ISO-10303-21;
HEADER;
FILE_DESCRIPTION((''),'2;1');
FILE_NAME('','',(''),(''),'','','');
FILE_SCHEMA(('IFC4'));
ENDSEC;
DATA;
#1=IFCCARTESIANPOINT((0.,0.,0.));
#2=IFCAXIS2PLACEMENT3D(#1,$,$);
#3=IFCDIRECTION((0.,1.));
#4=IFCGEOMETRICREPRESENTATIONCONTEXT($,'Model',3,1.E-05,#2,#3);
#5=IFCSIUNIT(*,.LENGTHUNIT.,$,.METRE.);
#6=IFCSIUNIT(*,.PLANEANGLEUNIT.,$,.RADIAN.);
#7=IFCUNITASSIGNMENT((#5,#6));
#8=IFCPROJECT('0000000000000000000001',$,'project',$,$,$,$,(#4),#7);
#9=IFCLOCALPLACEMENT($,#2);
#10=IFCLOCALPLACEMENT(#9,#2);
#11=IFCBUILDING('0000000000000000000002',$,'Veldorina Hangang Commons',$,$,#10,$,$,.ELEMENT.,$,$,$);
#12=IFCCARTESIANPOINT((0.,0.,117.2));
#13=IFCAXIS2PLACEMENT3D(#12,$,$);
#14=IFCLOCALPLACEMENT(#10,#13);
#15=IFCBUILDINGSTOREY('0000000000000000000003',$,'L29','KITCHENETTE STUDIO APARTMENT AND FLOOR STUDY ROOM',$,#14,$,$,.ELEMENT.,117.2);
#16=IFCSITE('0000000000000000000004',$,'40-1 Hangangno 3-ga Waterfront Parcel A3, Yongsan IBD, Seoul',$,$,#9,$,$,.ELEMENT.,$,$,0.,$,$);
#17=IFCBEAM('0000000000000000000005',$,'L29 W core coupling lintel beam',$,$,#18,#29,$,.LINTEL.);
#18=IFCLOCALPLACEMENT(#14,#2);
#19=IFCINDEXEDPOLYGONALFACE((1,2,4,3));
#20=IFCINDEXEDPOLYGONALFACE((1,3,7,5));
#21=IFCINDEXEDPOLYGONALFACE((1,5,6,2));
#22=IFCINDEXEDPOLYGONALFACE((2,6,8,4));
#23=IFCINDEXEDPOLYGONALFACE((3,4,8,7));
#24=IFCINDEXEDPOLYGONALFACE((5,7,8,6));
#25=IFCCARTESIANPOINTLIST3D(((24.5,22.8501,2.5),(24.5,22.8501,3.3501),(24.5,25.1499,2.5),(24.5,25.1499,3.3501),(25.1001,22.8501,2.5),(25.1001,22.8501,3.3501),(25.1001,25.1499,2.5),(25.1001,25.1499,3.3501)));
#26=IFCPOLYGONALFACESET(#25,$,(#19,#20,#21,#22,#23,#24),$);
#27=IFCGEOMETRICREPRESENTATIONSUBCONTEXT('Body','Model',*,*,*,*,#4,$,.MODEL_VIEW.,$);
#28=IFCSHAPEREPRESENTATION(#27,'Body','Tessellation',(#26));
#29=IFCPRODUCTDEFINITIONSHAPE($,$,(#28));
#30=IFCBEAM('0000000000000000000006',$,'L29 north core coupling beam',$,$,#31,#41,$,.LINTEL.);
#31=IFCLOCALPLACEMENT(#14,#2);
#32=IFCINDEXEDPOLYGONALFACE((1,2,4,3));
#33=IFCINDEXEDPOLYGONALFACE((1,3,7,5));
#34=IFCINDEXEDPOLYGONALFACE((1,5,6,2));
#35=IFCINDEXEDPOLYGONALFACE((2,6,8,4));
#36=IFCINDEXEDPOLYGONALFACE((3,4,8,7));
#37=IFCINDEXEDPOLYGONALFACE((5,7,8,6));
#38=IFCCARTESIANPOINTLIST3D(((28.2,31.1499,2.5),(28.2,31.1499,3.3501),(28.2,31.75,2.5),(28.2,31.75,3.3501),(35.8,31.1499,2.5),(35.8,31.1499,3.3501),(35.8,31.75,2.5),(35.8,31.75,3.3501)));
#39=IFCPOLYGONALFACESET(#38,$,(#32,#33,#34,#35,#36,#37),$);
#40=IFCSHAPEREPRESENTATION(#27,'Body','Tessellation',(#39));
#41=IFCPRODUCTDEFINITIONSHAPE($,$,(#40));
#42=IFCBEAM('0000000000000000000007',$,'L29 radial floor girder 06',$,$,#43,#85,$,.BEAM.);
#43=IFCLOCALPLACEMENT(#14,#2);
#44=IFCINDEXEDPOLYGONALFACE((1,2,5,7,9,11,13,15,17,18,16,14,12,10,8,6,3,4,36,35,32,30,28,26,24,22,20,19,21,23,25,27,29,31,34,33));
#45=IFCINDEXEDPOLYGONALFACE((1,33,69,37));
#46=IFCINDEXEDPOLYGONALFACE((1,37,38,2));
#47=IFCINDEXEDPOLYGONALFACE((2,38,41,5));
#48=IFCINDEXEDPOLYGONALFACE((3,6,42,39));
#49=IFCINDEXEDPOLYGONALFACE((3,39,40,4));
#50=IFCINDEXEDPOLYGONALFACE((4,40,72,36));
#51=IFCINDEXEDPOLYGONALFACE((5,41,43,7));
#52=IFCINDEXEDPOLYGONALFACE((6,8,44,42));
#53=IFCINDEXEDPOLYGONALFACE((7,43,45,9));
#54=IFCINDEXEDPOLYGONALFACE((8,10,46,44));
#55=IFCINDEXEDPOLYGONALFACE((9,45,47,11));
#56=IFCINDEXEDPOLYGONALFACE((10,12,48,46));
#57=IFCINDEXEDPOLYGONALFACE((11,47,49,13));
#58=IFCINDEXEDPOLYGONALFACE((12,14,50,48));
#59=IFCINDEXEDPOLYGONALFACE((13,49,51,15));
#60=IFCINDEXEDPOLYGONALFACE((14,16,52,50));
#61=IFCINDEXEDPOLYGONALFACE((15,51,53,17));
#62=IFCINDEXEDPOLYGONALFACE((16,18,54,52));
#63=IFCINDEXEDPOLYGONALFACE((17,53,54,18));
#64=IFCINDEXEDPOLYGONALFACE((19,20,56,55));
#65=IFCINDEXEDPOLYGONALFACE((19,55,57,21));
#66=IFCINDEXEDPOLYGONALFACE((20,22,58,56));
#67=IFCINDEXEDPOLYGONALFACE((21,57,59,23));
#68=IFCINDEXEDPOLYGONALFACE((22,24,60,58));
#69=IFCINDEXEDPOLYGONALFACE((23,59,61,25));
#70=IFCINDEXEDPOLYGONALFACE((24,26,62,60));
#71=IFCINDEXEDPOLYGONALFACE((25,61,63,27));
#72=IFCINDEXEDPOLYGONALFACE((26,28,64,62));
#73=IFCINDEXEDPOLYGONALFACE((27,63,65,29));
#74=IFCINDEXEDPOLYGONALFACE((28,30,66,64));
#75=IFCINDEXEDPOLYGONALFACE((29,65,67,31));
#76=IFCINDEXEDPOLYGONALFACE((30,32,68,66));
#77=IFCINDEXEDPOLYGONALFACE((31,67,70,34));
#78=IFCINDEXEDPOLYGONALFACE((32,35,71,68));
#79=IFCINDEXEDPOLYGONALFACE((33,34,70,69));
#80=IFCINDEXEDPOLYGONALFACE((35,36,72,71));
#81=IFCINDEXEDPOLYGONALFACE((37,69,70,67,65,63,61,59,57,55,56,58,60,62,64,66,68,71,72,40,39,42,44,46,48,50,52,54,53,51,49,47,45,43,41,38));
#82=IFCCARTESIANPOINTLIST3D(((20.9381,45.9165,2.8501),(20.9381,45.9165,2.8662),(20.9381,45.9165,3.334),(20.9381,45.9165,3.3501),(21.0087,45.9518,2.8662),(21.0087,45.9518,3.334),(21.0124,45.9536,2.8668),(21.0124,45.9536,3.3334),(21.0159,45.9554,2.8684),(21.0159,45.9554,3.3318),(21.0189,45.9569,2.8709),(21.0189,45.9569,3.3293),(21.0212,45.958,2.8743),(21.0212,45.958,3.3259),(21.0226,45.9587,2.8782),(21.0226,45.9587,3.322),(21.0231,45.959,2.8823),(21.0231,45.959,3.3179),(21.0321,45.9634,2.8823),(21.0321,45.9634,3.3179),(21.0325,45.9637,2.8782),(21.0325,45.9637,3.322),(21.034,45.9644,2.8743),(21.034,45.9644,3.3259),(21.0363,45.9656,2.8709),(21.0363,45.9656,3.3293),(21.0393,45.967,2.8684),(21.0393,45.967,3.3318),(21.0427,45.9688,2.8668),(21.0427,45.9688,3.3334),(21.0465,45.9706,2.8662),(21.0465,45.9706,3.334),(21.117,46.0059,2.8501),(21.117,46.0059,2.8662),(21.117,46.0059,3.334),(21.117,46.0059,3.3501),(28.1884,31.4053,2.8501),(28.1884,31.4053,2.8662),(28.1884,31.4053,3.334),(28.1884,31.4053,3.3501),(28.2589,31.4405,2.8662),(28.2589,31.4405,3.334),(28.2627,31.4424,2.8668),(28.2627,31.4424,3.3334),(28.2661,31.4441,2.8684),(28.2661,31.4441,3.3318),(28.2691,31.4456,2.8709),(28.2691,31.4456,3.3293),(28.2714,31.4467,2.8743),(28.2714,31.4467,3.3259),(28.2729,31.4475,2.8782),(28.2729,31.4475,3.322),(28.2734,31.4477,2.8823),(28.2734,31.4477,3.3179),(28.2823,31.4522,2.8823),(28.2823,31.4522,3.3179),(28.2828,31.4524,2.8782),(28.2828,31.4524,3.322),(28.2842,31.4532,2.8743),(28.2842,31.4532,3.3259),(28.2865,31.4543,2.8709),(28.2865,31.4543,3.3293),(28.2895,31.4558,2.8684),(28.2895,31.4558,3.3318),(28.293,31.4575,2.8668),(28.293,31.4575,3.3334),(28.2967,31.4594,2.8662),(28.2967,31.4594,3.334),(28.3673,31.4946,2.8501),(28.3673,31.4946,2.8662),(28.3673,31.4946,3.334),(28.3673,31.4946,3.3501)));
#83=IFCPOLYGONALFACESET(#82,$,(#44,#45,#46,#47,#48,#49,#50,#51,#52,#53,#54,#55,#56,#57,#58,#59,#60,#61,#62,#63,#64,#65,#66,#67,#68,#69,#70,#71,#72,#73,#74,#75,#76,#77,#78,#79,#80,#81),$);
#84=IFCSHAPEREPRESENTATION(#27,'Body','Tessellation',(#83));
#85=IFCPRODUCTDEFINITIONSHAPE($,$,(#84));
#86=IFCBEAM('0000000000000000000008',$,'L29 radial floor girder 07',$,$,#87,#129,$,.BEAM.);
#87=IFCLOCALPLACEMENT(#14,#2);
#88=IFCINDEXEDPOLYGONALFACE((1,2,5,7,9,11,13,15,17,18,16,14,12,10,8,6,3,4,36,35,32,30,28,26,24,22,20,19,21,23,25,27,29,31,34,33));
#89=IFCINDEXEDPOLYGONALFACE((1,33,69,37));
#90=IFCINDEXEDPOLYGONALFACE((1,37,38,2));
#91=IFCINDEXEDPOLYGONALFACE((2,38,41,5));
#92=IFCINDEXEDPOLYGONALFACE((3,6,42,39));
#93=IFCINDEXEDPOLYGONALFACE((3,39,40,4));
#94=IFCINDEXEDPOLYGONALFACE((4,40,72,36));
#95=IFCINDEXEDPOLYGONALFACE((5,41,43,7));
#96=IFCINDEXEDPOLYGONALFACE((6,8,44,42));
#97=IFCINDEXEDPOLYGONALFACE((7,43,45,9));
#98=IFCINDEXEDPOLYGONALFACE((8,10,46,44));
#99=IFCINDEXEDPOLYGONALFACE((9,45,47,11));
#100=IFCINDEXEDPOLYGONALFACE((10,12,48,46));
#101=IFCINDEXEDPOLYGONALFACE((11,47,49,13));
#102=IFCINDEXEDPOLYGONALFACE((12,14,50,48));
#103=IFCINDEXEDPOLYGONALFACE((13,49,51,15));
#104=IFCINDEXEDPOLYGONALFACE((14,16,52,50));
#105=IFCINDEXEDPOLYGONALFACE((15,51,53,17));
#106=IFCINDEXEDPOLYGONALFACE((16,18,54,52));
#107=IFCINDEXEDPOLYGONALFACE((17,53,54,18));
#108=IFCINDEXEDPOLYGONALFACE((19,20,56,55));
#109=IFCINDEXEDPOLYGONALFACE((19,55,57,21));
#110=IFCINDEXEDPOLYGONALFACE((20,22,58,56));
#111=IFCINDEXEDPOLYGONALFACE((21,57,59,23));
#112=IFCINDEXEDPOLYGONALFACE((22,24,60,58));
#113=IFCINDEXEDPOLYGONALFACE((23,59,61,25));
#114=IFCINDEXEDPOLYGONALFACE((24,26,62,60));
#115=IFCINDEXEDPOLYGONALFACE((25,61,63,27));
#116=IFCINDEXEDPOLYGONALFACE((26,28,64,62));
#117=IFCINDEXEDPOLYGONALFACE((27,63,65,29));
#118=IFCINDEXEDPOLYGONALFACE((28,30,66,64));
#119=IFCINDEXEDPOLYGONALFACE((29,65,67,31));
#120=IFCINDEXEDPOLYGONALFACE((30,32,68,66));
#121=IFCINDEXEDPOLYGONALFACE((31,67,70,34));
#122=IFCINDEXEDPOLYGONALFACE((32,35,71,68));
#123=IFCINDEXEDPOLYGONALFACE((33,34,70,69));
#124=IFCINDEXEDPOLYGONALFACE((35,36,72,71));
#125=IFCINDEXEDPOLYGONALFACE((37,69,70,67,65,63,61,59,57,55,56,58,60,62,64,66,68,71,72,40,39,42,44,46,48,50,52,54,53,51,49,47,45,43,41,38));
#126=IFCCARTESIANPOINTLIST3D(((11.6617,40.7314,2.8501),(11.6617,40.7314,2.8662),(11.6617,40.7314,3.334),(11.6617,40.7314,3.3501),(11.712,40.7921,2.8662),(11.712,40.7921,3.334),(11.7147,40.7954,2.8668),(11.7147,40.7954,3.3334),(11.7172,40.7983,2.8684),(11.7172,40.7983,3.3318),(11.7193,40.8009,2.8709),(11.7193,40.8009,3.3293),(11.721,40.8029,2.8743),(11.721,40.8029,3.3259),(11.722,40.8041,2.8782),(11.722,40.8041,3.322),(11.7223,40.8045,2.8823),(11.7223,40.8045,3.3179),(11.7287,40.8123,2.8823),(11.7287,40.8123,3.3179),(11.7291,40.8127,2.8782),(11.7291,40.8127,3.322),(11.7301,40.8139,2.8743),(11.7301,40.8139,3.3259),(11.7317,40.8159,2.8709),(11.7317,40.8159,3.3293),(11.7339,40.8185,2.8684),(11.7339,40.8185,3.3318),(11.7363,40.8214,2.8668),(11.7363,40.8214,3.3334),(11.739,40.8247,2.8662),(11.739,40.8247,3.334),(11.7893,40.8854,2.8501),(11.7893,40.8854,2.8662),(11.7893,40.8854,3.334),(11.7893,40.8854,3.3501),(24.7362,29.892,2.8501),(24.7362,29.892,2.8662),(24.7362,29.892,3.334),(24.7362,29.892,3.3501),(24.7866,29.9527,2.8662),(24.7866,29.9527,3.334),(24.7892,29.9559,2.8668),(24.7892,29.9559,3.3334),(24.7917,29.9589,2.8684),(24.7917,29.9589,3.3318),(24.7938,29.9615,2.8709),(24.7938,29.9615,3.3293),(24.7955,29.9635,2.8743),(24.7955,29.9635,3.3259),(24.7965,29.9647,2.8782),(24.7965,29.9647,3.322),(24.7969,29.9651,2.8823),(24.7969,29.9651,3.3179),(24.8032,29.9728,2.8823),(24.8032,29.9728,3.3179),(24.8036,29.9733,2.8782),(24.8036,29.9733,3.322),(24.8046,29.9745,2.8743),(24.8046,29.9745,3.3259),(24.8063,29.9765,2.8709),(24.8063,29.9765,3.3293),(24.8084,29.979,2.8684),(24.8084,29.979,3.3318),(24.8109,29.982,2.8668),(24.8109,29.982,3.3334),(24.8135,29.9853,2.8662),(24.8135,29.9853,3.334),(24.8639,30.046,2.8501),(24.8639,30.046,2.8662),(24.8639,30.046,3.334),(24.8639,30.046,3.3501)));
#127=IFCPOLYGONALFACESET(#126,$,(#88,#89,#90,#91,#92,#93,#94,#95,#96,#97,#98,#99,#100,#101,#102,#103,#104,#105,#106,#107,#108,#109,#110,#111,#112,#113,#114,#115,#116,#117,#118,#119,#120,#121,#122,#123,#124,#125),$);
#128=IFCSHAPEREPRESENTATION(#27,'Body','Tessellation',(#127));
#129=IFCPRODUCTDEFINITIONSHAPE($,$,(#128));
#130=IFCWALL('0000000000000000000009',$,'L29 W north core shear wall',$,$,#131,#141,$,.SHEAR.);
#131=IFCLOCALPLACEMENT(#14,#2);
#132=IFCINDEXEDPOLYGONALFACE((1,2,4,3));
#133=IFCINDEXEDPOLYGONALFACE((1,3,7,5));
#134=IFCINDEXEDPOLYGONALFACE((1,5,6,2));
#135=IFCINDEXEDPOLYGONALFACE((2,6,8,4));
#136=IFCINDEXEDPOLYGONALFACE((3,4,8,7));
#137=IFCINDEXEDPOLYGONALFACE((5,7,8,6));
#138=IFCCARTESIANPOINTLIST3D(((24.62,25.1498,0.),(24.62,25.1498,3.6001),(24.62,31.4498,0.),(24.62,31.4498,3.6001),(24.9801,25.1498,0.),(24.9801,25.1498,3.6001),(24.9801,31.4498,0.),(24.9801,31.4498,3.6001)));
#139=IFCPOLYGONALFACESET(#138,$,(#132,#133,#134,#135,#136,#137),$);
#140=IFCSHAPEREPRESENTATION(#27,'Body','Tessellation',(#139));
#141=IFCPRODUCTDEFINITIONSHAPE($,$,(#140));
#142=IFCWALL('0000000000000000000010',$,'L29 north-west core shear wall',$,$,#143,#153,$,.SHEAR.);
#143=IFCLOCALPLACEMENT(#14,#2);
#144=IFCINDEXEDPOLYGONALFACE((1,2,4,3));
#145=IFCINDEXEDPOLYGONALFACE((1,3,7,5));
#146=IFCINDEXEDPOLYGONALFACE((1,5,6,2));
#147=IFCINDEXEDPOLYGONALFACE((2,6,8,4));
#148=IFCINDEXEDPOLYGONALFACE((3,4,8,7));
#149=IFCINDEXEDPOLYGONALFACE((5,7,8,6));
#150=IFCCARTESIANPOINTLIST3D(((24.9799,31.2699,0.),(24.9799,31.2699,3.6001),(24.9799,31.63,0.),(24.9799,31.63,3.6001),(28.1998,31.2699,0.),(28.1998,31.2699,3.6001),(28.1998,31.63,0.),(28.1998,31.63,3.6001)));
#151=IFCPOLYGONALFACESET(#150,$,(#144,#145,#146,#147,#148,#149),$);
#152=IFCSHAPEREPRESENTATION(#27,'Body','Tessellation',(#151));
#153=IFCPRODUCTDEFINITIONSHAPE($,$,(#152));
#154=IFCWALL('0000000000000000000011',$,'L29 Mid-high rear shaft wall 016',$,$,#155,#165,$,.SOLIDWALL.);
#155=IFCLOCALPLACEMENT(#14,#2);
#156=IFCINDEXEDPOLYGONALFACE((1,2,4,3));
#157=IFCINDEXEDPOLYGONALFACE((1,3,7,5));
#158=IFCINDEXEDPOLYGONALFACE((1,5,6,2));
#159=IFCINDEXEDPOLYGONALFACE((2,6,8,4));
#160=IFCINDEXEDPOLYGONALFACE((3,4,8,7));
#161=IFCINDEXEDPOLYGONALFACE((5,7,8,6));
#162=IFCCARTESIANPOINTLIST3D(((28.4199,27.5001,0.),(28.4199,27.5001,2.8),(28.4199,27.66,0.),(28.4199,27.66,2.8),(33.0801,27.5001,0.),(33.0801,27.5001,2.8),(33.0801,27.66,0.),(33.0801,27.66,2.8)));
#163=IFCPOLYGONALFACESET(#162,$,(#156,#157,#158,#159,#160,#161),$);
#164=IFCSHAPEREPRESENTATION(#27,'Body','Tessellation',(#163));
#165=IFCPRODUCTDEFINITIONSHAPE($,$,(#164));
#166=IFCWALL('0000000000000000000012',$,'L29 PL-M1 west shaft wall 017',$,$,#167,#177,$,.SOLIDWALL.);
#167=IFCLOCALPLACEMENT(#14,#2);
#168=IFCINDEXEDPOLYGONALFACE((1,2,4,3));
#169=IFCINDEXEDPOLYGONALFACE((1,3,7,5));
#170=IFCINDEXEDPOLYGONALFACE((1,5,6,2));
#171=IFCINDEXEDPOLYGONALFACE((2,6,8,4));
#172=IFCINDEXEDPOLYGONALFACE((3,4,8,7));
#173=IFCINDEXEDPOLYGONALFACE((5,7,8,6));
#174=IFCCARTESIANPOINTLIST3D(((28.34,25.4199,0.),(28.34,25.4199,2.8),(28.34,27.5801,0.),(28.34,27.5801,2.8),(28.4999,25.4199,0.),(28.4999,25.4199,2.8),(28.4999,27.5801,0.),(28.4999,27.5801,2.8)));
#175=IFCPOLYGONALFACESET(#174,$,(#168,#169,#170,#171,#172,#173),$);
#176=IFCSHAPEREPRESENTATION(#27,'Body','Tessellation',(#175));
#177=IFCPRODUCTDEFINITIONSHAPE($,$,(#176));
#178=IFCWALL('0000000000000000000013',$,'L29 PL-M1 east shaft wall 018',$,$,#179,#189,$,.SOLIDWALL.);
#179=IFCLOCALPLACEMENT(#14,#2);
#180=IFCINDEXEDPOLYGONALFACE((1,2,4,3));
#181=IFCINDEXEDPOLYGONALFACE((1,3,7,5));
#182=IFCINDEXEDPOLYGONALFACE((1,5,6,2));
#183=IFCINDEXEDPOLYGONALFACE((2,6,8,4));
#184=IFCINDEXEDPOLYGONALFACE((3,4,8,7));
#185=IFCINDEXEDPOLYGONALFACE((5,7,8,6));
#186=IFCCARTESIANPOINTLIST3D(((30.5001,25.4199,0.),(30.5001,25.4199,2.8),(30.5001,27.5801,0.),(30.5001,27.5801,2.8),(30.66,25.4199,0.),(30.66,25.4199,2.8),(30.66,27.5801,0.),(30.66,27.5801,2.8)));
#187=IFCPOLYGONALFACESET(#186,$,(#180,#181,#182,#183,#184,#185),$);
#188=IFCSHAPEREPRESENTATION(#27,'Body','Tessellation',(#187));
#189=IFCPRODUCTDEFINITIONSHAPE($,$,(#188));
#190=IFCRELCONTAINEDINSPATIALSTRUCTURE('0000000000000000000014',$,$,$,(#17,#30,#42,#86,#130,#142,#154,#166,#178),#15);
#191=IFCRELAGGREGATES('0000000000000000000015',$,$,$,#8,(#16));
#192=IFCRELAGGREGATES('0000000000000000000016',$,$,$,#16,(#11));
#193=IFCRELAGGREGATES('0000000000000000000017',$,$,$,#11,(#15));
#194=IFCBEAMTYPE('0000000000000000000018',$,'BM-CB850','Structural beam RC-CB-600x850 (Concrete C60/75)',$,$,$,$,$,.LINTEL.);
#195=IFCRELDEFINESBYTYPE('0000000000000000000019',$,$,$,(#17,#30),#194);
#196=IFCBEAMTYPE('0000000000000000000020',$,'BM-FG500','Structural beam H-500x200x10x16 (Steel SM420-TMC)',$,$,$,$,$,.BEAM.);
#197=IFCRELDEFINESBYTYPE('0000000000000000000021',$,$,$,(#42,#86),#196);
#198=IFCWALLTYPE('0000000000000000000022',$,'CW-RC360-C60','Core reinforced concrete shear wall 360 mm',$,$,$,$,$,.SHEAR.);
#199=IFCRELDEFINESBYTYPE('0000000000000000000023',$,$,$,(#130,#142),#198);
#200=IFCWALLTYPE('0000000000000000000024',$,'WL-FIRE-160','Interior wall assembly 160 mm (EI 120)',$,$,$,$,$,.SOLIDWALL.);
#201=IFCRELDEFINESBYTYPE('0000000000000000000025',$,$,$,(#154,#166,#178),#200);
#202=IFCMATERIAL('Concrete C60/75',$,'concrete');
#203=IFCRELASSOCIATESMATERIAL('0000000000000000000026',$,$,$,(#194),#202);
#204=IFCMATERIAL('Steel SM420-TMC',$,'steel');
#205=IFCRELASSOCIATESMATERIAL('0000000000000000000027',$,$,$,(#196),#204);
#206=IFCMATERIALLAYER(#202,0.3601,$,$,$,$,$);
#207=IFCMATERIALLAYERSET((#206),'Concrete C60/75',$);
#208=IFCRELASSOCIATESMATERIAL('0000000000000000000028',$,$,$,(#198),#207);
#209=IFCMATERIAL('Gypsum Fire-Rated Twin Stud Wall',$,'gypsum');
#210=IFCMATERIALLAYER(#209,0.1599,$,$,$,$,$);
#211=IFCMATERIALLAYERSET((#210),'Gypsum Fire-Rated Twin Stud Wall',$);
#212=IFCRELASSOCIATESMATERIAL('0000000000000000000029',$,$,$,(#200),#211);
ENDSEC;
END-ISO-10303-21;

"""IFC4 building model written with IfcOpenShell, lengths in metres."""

from ifc_helpers import new_model, si_unit, direction, frame, frame_2d, origin, origin_2d, place, context, subcontext, project, spatial, rectangle, i_section, extrude, material, layer, layer_set, material_profile, profile_set, type_object, element, save


model = new_model("IFC4")

# Units and contexts
model_context = context("Model", 3, precision=1e-05, world=origin(), true_north=direction((0.0, 1.0)))
body_context = subcontext(model_context, "Body", "Model", "MODEL_VIEW")
ifc_project = project(units=[si_unit("LENGTHUNIT", "METRE"), si_unit("PLANEANGLEUNIT", "RADIAN")], contexts=[model_context])

# Site, building, storey
site_placement = place(None, origin())
site = spatial("IfcSite", under=ifc_project, at=site_placement, Name="40-1 Hangangno 3-ga Waterfront Parcel A3, Yongsan IBD, Seoul", CompositionType="ELEMENT", RefElevation=0.0)
building_placement = place(site_placement, origin())
building = spatial("IfcBuilding", under=site, at=building_placement, Name="Veldorina Hangang Commons", CompositionType="ELEMENT")
storey_placement = place(building_placement, frame((0.0, 0.0, 117.2)))
storey = spatial("IfcBuildingStorey", under=building, at=storey_placement, Name="L29", Description="KITCHENETTE STUDIO APARTMENT AND FLOOR STUDY ROOM", CompositionType="ELEMENT", Elevation=117.2)

# Beams
ifc_material_1 = material(Name="Concrete C60/75", Category="concrete")
ifc_material_profile_1 = material_profile(ifc_material_1, rectangle(XDim=0.6001, YDim=0.8501, at=origin_2d()), Name="RC-CB-600x850")
ifc_profile_set_1 = profile_set([ifc_material_profile_1], Name="Concrete C60/75")
beam_type_1 = type_object("IfcBeamType", Name="BM-CB850", Description="Structural beam RC-CB-600x850 (Concrete C60/75)", PredefinedType="LINTEL", material=ifc_profile_set_1)
beam_1_placement = place(storey_placement, frame((24.8, 22.8501, 2.925), z_axis=(0.0, 1.0, 0.0), x_axis=(-1.0, 0.0, 0.0)))
element("IfcBeam", 1, at=beam_1_placement, inside=storey, type_object=beam_type_1, Name="L29 W core coupling lintel beam", PredefinedType="LINTEL", context=body_context, shape_type="SweptSolid", body=[
    extrude(rectangle(XDim=0.6001, YDim=0.8501, at=origin_2d()), origin(), (0.0, 0.0, 1.0), 2.2998),
])
beam_2_placement = place(storey_placement, frame((28.2, 31.45, 2.925), z_axis=(1.0, 0.0, 0.0), x_axis=(0.0, 1.0, 0.0)))
element("IfcBeam", 2, at=beam_2_placement, inside=storey, type_object=beam_type_1, Name="L29 north core coupling beam", PredefinedType="LINTEL", context=body_context, shape_type="SweptSolid", body=[
    extrude(rectangle(XDim=0.6001, YDim=0.8501, at=origin_2d()), origin(), (0.0, 0.0, 1.0), 7.6001),
])
ifc_material_2 = material(Name="Steel SM420-TMC", Category="steel")
ifc_material_profile_2 = material_profile(ifc_material_2, i_section(OverallWidth=0.2, OverallDepth=0.5, WebThickness=0.01, FlangeThickness=0.0161, FilletRadius=0.0161, at=origin_2d()), Name="H-500x200x10x16")
ifc_profile_set_2 = profile_set([ifc_material_profile_2], Name="Steel SM420-TMC")
beam_type_2 = type_object("IfcBeamType", Name="BM-FG500", Description="Structural beam H-500x200x10x16 (Steel SM420-TMC)", PredefinedType="BEAM", material=ifc_profile_set_2)
beam_3_placement = place(storey_placement, frame((28.2778, 31.45, 3.1001), z_axis=(-0.446949, 0.89456, 0.0), x_axis=(-0.89456, -0.446949, 0.0)))
element("IfcBeam", 3, at=beam_3_placement, inside=storey, type_object=beam_type_2, Name="L29 radial floor girder 06", PredefinedType="BEAM", context=body_context, shape_type="SweptSolid", body=[
    extrude(i_section(OverallWidth=0.2, OverallDepth=0.5, WebThickness=0.01, FlangeThickness=0.0161, FilletRadius=0.0161, at=origin_2d()), origin(), (0.0, 0.0, 1.0), 16.2217),
])
beam_4_placement = place(storey_placement, frame((24.8, 29.969, 3.1001), z_axis=(-0.769841, 0.638235, 0.0), x_axis=(-0.638235, -0.769841, 0.0)))
element("IfcBeam", 4, at=beam_4_placement, inside=storey, type_object=beam_type_2, Name="L29 radial floor girder 07", PredefinedType="BEAM", context=body_context, shape_type="SweptSolid", body=[
    extrude(i_section(OverallWidth=0.2, OverallDepth=0.5, WebThickness=0.01, FlangeThickness=0.0161, FilletRadius=0.0161, at=origin_2d()), origin(), (0.0, 0.0, 1.0), 16.9834),
])

# Walls
ifc_layer_1 = layer(ifc_material_1, 0.3601)
ifc_layer_set_1 = layer_set([ifc_layer_1], Name="Concrete C60/75")
wall_type_1 = type_object("IfcWallType", Name="CW-RC360-C60", Description="Core reinforced concrete shear wall 360 mm", PredefinedType="SHEAR", material=ifc_layer_set_1)
wall_1_placement = place(storey_placement, frame((24.8, 25.1499, 0.0), z_axis=(0.0, 0.0, 1.0), x_axis=(0.0, 1.0, 0.0)))
element("IfcWall", 5, at=wall_1_placement, inside=storey, type_object=wall_type_1, Name="L29 W north core shear wall", PredefinedType="SHEAR", context=body_context, shape_type="SweptSolid", body=[
    extrude(rectangle(XDim=6.3, YDim=0.3601, at=frame_2d((3.1499, 0.0))), origin(), (0.0, 0.0, 1.0), 3.6001),
])
wall_2_placement = place(storey_placement, frame((24.98, 31.45, 0.0), z_axis=(0.0, 0.0, 1.0), x_axis=(1.0, 0.0, 0.0)))
element("IfcWall", 6, at=wall_2_placement, inside=storey, type_object=wall_type_1, Name="L29 north-west core shear wall", PredefinedType="SHEAR", context=body_context, shape_type="SweptSolid", body=[
    extrude(rectangle(XDim=3.22, YDim=0.3601, at=frame_2d((1.6099, 0.0))), origin(), (0.0, 0.0, 1.0), 3.6001),
])

# Shared definitions
ifc_material_3 = material(Name="Gypsum Fire-Rated Twin Stud Wall", Category="gypsum")
ifc_layer_2 = layer(ifc_material_3, 0.1599)
ifc_layer_set_2 = layer_set([ifc_layer_2], Name="Gypsum Fire-Rated Twin Stud Wall")
wall_type_2 = type_object("IfcWallType", Name="WL-FIRE-160", Description="Interior wall assembly 160 mm (EI 120)", PredefinedType="SOLIDWALL", material=ifc_layer_set_2)

# Walls
wall_3_placement = place(storey_placement, frame((28.4199, 27.5801, 0.0), z_axis=(0.0, 0.0, 1.0), x_axis=(1.0, 0.0, 0.0)))
element("IfcWall", 7, at=wall_3_placement, inside=storey, type_object=wall_type_2, Name="L29 Mid-high rear shaft wall 016", PredefinedType="SOLIDWALL", context=body_context, shape_type="SweptSolid", body=[
    extrude(rectangle(XDim=4.6602, YDim=0.1599, at=frame_2d((2.3301, 0.0))), origin(), (0.0, 0.0, 1.0), 2.8),
])
for number, where, z_axis, x_axis, name in (
    (8, (28.4199, 25.4199, 0.0), (0.0, 0.0, 1.0), (0.0, 1.0, 0.0), "L29 PL-M1 west shaft wall 017"),
    (9, (30.5801, 25.4199, 0.0), (0.0, 0.0, 1.0), (0.0, 1.0, 0.0), "L29 PL-M1 east shaft wall 018"),
):
    element("IfcWall", number, at=place(storey_placement, frame(where, z_axis=z_axis, x_axis=x_axis)), inside=storey, type_object=wall_type_2, Name=name, PredefinedType="SOLIDWALL", context=body_context, shape_type="SweptSolid", body=[
        extrude(rectangle(XDim=2.1602, YDim=0.1599, at=frame_2d((1.0801, 0.0))), origin(), (0.0, 0.0, 1.0), 2.8),
    ])

save(model, "model.ifc")
